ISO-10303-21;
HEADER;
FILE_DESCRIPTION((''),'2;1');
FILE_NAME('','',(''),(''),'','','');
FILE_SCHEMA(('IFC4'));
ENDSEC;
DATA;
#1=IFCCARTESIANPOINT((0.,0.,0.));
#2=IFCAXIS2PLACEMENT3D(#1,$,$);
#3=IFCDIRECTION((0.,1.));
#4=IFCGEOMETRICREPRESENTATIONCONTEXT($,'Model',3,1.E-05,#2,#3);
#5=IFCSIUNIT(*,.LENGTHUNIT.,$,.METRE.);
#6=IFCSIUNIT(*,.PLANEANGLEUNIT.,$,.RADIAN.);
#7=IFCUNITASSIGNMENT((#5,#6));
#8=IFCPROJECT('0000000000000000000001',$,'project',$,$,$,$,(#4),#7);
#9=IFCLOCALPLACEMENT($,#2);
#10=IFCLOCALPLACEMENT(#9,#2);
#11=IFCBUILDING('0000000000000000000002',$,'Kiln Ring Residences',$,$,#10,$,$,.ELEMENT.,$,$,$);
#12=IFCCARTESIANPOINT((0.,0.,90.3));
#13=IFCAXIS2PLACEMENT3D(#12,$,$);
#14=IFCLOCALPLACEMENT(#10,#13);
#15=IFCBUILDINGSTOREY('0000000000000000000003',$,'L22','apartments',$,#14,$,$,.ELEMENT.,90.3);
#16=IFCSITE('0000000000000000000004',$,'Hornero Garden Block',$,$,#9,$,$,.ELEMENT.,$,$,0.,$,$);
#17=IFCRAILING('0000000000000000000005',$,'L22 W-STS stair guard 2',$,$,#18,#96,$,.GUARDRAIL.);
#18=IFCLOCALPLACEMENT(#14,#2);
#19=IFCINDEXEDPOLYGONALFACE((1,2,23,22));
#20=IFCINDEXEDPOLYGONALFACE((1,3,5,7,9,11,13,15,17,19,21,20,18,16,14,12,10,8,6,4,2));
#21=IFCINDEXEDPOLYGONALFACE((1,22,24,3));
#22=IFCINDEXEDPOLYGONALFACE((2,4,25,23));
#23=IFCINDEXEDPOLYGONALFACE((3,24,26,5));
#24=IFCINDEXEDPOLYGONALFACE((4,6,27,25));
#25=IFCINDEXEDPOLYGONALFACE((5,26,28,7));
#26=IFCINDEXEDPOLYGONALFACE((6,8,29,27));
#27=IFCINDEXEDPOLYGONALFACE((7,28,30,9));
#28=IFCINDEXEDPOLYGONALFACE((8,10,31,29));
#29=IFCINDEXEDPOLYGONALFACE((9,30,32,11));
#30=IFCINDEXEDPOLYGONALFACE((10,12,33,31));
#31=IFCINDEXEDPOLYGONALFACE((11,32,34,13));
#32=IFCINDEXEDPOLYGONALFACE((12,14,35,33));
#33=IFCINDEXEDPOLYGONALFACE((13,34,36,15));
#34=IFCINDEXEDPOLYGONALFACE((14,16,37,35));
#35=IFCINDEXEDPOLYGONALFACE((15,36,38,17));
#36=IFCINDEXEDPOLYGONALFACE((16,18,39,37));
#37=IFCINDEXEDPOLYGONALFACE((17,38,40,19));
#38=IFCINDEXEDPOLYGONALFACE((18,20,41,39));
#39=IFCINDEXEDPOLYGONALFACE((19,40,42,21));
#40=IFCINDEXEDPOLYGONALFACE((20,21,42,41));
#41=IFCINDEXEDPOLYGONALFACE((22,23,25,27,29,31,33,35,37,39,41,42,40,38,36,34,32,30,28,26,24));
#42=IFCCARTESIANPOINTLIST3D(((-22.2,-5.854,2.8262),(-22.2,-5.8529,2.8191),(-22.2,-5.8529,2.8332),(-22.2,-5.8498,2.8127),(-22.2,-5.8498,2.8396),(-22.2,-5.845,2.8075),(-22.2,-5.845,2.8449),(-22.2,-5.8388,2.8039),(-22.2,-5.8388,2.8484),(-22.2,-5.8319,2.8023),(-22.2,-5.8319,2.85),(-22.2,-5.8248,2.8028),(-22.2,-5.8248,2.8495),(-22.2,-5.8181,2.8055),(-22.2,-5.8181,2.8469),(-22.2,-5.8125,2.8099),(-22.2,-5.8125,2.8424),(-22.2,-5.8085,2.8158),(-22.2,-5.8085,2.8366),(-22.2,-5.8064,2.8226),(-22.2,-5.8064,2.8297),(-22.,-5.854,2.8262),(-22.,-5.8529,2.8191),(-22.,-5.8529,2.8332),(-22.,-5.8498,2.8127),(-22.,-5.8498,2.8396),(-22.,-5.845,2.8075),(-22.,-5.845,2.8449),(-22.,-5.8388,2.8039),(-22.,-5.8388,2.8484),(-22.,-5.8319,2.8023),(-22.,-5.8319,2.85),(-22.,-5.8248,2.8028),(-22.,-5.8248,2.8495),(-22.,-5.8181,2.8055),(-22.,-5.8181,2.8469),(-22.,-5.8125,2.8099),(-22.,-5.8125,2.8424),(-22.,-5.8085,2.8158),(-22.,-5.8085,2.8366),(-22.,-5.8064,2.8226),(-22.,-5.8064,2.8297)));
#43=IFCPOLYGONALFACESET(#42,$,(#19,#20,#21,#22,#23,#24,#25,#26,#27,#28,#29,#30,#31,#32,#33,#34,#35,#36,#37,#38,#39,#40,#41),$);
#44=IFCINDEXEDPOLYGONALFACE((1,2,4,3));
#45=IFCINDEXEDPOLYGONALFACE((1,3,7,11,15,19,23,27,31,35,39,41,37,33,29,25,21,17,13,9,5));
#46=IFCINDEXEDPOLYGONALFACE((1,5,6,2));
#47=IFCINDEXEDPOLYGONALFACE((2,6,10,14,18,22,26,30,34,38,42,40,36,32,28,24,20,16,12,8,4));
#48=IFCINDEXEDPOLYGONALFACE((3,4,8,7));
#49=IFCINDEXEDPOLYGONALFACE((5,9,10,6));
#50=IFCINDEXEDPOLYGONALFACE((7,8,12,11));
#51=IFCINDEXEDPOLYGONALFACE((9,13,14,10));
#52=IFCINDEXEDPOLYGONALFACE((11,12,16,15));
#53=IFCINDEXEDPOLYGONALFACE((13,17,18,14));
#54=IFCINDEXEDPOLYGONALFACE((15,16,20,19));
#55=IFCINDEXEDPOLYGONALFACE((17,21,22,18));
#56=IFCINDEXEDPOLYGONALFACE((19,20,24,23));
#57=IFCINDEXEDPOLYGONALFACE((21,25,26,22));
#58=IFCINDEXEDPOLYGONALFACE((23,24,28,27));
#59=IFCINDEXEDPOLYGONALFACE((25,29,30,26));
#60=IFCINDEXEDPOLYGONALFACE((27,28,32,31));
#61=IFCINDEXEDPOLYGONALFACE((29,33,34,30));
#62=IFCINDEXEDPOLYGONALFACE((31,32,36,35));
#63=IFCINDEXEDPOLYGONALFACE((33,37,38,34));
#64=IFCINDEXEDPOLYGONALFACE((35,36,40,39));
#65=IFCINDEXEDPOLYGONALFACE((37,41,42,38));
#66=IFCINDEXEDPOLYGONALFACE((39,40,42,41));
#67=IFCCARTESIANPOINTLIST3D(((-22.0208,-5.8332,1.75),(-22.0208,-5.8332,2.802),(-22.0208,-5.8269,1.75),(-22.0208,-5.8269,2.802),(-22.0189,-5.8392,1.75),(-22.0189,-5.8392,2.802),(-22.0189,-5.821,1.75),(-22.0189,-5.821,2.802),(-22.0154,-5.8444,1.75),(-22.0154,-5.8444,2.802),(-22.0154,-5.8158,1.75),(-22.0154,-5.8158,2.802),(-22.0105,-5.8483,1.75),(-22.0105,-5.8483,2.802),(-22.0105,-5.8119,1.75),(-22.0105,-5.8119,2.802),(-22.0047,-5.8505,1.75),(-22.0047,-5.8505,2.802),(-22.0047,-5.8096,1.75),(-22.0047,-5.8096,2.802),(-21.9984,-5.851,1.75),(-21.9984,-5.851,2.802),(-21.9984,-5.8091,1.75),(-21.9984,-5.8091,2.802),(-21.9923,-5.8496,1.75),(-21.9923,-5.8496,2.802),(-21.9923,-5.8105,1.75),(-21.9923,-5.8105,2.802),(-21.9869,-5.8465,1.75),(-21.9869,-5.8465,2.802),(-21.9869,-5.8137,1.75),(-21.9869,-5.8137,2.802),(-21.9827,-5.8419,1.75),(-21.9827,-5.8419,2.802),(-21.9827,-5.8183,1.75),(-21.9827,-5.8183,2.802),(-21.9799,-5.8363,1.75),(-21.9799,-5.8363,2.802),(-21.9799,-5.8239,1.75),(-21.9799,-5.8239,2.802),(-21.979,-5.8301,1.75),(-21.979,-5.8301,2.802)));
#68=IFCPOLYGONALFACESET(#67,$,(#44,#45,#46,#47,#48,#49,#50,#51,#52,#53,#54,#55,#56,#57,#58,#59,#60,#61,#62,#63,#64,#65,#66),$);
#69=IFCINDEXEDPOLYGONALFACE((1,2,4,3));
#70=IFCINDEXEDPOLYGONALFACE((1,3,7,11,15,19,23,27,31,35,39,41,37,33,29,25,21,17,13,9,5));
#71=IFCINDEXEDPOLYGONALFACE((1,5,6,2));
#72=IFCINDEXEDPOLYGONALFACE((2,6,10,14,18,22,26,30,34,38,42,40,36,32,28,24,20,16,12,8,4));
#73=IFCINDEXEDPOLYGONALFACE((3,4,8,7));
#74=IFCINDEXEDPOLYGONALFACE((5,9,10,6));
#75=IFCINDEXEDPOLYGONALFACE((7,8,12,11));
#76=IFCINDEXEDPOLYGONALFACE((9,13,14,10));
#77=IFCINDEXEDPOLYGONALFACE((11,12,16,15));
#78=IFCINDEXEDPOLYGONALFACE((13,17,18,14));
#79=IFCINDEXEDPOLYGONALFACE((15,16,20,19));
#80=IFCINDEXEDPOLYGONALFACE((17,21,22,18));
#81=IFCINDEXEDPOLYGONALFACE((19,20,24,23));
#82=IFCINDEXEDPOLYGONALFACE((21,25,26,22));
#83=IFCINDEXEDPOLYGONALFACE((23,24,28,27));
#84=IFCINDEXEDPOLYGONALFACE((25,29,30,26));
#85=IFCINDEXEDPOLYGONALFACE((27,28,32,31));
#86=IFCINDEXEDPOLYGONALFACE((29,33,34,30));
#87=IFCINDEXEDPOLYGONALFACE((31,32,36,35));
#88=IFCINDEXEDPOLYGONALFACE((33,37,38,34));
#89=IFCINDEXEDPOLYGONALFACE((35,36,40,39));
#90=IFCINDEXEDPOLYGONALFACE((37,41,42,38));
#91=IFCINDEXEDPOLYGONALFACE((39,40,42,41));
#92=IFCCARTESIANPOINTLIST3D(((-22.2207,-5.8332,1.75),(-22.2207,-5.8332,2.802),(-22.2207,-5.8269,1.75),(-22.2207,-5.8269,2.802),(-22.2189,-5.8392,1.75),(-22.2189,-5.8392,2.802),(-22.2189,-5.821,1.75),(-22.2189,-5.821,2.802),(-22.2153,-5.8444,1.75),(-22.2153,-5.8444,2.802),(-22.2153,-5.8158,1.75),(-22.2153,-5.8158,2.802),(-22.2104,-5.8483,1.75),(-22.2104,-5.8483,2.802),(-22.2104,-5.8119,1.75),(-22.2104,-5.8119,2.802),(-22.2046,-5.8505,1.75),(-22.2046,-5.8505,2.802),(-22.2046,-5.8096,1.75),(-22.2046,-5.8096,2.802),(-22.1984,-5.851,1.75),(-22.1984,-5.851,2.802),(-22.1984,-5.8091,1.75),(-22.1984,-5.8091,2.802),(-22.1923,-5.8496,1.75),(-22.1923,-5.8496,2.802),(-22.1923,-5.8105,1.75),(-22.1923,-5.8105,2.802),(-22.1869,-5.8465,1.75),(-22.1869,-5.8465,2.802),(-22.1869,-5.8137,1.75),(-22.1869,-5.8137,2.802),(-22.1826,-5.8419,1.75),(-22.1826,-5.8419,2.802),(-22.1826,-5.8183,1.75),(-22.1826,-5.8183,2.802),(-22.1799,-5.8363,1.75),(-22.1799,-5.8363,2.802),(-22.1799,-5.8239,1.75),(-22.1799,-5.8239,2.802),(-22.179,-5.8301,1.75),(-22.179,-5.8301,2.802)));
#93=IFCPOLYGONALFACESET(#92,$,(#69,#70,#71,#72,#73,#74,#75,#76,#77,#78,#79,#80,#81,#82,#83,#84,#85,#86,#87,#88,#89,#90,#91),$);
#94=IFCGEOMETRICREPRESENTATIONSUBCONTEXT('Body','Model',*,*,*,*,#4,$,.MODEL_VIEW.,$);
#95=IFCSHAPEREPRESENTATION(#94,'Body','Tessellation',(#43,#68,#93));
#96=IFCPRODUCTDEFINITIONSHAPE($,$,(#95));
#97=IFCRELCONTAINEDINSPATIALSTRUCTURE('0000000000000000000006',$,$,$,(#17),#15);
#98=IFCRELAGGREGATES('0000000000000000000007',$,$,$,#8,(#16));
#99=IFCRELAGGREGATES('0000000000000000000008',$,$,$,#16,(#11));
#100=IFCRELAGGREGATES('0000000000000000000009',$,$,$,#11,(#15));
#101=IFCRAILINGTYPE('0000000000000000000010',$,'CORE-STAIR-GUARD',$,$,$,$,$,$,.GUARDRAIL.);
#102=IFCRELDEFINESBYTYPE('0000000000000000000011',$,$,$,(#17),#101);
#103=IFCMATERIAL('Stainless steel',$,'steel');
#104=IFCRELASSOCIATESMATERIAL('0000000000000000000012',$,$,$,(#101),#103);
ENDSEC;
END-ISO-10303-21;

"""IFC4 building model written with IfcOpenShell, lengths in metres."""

from ifc_helpers import new_model, si_unit, direction, frame, origin, origin_2d, place, context, subcontext, project, spatial, circle, extrude, material, type_object, element, save


model = new_model("IFC4")

# Units and contexts
model_context = context("Model", 3, precision=1e-05, world=origin(), true_north=direction((0.0, 1.0)))
body_context = subcontext(model_context, "Body", "Model", "MODEL_VIEW")
ifc_project = project(units=[si_unit("LENGTHUNIT", "METRE"), si_unit("PLANEANGLEUNIT", "RADIAN")], contexts=[model_context])

# Site, building, storey
site_placement = place(None, origin())
site = spatial("IfcSite", under=ifc_project, at=site_placement, Name="Hornero Garden Block", CompositionType="ELEMENT", RefElevation=0.0)
building_placement = place(site_placement, origin())
building = spatial("IfcBuilding", under=site, at=building_placement, Name="Kiln Ring Residences", CompositionType="ELEMENT")
storey_placement = place(building_placement, frame((0.0, 0.0, 90.3)))
storey = spatial("IfcBuildingStorey", under=building, at=storey_placement, Name="L22", Description="apartments", CompositionType="ELEMENT", Elevation=90.3)

# Railing
ifc_material_1 = material(Name="Stainless steel", Category="steel")
railing_type_1 = type_object("IfcRailingType", Name="CORE-STAIR-GUARD", PredefinedType="GUARDRAIL", material=ifc_material_1)
railing_1_placement = place(storey_placement, frame((-22.0, -5.8301, 1.75)))
element("IfcRailing", 1, at=railing_1_placement, inside=storey, type_object=railing_type_1, Name="L22 W-STS stair guard 2", PredefinedType="GUARDRAIL", context=body_context, shape_type="SweptSolid", body=[
    extrude(circle(Radius=0.0239, at=origin_2d()), frame((0.0, 0.0, 1.0762), z_axis=(-1.0, 0.0, 0.0), x_axis=(0.0, -1.0, 0.0)), (0.0, 0.0, 1.0), 0.2),
    extrude(circle(Radius=0.021, at=origin_2d()), origin(), (0.0, 0.0, 1.0), 1.052),
    extrude(circle(Radius=0.021, at=origin_2d()), frame((-0.2, 0.0, 0.0)), (0.0, 0.0, 1.0), 1.052),
])

save(model, "model.ifc")
